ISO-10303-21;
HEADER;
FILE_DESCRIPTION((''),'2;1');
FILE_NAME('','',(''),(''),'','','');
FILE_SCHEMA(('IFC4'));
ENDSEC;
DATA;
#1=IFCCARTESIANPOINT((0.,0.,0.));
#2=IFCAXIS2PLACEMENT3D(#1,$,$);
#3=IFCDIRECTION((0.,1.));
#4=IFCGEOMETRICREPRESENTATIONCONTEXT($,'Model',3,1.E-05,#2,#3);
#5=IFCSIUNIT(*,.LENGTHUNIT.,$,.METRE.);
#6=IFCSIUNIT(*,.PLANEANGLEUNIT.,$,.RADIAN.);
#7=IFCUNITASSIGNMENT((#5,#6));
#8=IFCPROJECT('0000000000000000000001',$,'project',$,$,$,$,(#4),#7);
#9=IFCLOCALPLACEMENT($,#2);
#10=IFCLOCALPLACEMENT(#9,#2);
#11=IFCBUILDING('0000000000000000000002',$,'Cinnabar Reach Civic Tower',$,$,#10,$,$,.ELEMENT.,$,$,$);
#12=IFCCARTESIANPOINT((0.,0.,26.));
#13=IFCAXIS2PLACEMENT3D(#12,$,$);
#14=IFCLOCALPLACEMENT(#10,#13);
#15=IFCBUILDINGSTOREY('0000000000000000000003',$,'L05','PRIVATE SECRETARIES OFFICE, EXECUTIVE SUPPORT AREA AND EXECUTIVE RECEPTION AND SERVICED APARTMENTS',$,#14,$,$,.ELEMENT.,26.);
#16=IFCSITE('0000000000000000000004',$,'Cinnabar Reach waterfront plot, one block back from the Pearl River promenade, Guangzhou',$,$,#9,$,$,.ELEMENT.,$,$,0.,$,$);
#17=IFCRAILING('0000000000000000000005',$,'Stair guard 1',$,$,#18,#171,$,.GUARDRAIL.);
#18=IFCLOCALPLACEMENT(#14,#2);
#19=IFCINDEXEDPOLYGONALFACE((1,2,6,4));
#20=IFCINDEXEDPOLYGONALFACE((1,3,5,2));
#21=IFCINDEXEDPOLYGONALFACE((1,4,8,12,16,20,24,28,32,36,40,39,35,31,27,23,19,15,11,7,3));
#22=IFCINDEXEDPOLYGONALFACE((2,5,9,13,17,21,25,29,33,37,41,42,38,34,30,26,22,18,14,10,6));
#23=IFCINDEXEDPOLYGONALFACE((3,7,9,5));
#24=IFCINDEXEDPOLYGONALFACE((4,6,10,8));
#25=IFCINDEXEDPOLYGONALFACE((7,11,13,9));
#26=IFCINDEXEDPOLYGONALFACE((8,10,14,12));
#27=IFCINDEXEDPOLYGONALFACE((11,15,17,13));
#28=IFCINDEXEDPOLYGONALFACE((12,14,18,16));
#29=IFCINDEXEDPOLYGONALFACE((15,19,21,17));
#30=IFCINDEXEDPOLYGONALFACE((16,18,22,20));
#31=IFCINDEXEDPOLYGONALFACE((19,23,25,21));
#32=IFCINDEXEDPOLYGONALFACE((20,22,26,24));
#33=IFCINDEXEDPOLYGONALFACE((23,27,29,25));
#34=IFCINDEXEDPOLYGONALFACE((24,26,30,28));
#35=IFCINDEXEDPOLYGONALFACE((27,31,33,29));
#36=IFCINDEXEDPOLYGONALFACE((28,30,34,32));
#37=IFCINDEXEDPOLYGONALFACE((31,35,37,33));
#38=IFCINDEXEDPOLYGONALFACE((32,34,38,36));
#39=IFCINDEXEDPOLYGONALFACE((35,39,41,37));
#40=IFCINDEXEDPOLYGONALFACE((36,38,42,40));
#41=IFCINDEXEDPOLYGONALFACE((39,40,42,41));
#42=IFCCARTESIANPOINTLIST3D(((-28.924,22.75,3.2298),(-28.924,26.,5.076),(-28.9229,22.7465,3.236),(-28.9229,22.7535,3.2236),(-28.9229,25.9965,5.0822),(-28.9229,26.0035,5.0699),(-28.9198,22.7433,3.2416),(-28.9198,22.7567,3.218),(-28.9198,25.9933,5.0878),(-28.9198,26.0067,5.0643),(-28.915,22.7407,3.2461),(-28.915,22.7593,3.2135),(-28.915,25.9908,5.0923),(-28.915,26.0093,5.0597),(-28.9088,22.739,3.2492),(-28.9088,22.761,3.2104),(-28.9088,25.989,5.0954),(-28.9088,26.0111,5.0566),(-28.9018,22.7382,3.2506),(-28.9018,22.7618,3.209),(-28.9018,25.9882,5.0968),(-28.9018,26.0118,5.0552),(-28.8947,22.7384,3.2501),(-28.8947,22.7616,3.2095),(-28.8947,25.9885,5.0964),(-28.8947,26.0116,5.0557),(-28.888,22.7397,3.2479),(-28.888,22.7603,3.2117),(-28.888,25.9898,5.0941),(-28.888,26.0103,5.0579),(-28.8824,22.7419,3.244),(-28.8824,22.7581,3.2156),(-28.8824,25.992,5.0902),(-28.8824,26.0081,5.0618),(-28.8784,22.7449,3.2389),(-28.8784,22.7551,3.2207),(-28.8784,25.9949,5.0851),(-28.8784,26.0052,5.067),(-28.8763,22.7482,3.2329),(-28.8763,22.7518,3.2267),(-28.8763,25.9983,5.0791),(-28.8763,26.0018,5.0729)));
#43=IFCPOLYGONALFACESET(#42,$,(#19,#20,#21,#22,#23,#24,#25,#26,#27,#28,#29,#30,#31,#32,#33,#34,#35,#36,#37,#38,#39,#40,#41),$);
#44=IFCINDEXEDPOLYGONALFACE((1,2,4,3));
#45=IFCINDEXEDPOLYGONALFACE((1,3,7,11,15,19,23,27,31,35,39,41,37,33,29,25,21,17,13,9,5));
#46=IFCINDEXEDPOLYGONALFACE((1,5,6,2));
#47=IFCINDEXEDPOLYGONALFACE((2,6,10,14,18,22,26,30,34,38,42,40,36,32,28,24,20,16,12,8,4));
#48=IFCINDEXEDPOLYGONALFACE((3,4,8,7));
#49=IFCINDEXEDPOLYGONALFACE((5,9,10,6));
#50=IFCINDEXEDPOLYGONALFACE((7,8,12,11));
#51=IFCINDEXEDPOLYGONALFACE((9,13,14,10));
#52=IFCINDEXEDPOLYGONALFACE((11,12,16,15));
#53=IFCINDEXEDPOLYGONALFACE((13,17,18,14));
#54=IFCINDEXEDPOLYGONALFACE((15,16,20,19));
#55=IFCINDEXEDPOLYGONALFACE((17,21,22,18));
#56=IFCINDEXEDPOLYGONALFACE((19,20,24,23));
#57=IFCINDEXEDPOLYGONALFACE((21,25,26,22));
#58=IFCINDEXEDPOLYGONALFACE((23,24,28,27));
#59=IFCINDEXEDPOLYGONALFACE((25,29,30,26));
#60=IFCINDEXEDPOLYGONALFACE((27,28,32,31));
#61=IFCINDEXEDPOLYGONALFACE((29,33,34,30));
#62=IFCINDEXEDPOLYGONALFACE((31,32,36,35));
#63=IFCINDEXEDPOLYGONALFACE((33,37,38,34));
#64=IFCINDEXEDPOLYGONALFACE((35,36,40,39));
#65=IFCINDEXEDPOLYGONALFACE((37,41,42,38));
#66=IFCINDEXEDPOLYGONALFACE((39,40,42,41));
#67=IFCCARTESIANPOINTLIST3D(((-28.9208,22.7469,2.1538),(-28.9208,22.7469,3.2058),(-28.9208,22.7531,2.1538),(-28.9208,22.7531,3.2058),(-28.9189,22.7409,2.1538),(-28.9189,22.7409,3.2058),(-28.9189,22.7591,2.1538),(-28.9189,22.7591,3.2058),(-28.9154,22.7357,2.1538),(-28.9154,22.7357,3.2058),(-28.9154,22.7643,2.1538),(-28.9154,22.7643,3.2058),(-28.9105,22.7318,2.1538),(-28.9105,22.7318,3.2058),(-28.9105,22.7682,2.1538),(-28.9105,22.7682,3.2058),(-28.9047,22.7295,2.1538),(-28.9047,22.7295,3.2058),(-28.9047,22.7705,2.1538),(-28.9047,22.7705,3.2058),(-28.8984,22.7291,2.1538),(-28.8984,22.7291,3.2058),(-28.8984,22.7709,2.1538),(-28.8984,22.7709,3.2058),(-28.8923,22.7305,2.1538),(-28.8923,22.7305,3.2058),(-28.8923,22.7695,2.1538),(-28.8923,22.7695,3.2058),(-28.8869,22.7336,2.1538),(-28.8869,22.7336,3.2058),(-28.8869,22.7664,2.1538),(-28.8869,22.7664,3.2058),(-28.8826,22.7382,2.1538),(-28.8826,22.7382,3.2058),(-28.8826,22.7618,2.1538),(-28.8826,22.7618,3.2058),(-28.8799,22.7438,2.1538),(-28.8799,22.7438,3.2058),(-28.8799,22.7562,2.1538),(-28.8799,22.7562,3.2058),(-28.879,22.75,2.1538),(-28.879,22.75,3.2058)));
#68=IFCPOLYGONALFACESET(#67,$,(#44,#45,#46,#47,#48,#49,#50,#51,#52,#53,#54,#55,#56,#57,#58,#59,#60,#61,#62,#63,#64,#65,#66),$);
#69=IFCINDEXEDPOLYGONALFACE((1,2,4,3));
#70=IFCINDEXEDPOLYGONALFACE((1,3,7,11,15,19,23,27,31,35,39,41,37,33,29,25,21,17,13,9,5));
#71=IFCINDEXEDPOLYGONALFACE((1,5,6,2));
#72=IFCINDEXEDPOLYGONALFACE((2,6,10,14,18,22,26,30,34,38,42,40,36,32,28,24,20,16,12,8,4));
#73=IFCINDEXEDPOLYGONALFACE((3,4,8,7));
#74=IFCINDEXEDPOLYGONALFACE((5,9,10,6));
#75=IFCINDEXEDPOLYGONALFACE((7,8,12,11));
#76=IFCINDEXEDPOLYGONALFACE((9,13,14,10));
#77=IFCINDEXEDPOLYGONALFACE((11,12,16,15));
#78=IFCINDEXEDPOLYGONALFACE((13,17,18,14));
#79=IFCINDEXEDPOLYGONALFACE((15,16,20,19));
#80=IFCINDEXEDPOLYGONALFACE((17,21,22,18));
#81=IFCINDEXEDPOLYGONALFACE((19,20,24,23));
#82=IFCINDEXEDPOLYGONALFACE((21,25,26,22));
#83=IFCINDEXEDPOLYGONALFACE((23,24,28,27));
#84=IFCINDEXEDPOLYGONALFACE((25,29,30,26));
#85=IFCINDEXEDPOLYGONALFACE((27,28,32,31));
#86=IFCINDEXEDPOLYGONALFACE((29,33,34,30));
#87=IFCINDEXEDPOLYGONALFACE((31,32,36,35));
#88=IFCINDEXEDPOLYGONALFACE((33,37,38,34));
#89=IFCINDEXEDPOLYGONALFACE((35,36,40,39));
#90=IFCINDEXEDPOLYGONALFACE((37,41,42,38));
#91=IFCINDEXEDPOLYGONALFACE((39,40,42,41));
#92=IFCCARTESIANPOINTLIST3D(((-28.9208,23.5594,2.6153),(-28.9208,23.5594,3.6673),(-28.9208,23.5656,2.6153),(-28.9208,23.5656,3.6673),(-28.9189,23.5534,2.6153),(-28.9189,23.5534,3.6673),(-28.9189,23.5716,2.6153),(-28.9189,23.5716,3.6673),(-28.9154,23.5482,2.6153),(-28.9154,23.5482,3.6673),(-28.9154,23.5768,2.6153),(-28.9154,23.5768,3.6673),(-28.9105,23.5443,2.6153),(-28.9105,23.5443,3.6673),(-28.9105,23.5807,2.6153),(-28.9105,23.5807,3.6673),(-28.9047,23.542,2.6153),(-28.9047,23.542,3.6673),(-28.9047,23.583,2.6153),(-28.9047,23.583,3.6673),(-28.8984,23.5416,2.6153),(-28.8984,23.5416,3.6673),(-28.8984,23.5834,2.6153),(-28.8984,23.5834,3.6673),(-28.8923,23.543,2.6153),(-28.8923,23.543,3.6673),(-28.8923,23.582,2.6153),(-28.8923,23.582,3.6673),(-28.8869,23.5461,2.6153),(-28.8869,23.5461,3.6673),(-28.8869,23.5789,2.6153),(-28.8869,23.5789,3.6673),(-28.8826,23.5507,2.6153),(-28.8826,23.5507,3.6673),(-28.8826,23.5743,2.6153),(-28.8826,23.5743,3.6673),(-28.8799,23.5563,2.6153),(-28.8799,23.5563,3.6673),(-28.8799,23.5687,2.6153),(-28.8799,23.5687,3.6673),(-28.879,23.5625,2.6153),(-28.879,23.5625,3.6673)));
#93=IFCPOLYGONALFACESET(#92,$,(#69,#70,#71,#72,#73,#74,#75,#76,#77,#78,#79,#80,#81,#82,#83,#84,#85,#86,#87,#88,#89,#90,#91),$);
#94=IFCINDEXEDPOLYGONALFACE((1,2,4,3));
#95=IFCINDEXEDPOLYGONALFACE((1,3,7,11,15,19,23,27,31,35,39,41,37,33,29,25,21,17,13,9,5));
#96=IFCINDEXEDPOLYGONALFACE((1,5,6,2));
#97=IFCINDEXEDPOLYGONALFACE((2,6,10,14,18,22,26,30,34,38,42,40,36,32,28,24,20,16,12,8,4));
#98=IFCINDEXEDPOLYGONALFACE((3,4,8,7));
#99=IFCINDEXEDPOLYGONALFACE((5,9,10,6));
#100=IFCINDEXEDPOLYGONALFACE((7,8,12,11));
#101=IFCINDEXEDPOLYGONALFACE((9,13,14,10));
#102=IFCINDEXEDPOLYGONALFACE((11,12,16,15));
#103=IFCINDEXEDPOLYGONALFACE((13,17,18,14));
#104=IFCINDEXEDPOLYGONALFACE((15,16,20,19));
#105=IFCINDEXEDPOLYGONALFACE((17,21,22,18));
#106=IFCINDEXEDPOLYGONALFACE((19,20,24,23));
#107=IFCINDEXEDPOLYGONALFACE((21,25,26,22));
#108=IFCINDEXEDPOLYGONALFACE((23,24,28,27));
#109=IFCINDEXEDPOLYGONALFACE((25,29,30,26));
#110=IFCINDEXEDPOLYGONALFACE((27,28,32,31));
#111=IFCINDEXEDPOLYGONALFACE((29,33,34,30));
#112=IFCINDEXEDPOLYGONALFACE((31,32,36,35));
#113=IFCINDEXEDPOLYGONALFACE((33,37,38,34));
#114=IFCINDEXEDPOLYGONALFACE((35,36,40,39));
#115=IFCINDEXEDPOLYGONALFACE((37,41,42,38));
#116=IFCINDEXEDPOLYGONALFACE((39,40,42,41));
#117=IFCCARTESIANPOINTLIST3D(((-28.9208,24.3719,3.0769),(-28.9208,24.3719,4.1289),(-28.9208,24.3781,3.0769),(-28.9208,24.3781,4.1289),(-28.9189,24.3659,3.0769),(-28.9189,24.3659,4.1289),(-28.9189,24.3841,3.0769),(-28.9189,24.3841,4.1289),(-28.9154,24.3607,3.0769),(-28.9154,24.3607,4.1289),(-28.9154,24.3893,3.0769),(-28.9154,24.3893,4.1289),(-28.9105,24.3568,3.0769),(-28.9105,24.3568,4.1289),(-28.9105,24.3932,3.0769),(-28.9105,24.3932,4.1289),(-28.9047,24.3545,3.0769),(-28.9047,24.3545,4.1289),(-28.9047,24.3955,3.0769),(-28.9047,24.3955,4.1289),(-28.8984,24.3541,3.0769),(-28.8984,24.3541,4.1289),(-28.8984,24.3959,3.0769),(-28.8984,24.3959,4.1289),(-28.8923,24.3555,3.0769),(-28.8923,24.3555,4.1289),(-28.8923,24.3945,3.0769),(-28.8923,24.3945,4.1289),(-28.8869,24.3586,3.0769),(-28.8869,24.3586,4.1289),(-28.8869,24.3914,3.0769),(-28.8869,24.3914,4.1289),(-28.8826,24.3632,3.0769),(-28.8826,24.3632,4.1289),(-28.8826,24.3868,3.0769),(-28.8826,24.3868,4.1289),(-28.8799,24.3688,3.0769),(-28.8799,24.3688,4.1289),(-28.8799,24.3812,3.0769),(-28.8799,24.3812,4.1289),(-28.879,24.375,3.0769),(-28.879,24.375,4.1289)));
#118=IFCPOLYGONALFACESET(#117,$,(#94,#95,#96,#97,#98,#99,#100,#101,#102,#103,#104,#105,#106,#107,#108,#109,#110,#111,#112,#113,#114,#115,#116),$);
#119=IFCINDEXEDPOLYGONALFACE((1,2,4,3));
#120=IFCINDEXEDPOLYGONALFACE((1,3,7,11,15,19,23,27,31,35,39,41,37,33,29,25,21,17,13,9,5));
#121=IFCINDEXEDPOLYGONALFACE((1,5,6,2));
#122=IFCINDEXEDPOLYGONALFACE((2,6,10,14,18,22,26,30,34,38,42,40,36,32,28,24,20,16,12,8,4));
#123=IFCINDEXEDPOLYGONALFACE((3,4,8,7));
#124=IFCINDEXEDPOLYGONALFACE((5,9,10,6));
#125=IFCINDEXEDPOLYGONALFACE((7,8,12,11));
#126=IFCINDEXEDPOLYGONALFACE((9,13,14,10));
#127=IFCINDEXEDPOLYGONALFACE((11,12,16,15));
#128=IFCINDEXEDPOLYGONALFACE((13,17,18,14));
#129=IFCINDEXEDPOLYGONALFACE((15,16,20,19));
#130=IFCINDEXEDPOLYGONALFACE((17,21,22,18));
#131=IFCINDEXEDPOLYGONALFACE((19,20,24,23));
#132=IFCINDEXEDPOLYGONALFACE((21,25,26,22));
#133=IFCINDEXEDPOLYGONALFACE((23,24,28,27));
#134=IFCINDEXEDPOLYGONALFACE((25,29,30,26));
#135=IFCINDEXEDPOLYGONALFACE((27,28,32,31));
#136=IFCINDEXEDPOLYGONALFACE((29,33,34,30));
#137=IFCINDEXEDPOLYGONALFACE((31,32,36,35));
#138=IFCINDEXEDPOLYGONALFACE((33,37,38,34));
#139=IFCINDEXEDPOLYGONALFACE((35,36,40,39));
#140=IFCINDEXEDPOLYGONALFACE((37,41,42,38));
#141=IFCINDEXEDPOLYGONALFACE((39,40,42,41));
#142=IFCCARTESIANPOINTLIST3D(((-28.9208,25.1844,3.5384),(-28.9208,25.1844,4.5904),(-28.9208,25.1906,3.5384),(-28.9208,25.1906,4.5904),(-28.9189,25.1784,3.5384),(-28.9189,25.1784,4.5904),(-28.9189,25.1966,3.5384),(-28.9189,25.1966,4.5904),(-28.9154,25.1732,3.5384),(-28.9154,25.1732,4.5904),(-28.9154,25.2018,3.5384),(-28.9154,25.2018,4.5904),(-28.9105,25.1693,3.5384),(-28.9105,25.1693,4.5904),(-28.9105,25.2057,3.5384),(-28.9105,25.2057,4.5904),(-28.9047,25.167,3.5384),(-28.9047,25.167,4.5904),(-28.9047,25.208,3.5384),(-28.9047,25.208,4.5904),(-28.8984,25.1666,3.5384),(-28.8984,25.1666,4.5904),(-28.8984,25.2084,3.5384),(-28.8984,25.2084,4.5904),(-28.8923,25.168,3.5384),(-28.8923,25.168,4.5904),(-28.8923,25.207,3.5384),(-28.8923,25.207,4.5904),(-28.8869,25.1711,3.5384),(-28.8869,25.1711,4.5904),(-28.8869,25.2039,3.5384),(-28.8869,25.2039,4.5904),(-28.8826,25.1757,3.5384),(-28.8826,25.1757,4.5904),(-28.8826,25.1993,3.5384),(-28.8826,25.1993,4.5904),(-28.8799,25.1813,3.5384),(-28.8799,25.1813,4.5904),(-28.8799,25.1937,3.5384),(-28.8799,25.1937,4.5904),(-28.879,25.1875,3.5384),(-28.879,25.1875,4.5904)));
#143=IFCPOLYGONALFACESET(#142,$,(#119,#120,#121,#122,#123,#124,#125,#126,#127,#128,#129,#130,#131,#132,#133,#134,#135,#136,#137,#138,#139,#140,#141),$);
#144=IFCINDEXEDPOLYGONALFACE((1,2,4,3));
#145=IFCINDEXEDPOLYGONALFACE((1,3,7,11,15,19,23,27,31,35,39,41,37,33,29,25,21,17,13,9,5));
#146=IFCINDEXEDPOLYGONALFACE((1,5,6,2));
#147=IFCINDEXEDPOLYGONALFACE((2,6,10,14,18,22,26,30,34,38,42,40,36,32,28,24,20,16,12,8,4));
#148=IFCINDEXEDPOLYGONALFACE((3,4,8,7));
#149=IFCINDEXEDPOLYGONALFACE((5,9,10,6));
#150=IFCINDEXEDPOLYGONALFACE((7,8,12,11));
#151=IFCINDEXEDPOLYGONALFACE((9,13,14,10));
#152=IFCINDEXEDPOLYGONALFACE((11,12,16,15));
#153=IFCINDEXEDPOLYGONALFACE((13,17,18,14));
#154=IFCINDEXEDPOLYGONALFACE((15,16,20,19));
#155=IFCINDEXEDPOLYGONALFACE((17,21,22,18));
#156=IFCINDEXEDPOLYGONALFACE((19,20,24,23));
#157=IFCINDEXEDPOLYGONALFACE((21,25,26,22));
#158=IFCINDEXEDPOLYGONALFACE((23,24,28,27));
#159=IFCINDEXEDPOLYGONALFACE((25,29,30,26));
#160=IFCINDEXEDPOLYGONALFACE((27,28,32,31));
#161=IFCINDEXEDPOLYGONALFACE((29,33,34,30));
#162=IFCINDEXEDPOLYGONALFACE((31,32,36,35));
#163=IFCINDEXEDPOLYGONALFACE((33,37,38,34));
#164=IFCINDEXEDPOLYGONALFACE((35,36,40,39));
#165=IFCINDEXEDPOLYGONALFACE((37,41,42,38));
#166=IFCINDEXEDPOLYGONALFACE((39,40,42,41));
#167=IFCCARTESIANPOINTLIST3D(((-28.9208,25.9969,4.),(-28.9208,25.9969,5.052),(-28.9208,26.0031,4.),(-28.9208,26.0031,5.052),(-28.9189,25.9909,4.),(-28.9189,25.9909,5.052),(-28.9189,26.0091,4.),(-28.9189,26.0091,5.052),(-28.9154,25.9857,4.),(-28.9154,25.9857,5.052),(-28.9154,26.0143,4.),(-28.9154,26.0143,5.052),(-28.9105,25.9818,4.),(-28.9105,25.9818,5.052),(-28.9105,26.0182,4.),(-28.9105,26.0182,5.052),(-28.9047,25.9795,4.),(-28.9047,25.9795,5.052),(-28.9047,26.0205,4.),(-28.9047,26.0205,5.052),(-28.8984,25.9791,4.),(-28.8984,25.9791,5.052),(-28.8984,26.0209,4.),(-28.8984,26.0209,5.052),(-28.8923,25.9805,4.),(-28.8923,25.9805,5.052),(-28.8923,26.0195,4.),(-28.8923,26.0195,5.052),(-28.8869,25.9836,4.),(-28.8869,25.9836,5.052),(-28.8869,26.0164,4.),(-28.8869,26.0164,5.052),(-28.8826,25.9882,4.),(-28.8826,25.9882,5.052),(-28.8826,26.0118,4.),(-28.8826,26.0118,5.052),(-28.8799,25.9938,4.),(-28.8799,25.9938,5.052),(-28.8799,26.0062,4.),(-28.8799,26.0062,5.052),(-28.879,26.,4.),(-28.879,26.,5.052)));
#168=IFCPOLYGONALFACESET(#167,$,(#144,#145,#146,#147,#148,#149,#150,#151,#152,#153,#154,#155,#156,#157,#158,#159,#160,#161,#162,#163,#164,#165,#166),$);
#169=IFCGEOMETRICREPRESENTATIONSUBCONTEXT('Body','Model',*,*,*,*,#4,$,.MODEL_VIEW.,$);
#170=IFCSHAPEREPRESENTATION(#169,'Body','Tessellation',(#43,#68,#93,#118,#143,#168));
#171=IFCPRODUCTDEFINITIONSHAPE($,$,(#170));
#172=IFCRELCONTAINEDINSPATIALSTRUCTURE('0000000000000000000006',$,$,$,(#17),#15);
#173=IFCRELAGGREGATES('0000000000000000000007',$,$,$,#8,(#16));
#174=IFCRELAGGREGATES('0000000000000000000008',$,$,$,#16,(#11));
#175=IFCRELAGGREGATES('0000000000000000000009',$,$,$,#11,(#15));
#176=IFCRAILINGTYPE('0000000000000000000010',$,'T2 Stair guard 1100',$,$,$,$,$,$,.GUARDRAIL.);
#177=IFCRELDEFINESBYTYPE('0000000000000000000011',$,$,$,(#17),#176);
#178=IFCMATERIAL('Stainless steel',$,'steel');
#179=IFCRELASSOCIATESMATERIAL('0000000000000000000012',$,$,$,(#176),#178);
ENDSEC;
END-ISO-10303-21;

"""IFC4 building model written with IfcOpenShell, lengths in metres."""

from ifc_helpers import new_model, si_unit, direction, frame, origin, origin_2d, place, context, subcontext, project, spatial, circle, extrude, material, type_object, element, save


model = new_model("IFC4")

# Units and contexts
model_context = context("Model", 3, precision=1e-05, world=origin(), true_north=direction((0.0, 1.0)))
body_context = subcontext(model_context, "Body", "Model", "MODEL_VIEW")
ifc_project = project(units=[si_unit("LENGTHUNIT", "METRE"), si_unit("PLANEANGLEUNIT", "RADIAN")], contexts=[model_context])

# Site, building, storey
site_placement = place(None, origin())
site = spatial("IfcSite", under=ifc_project, at=site_placement, Name="Cinnabar Reach waterfront plot, one block back from the Pearl River promenade, Guangzhou", CompositionType="ELEMENT", RefElevation=0.0)
building_placement = place(site_placement, origin())
building = spatial("IfcBuilding", under=site, at=building_placement, Name="Cinnabar Reach Civic Tower", CompositionType="ELEMENT")
storey_placement = place(building_placement, frame((0.0, 0.0, 26.0)))
storey = spatial("IfcBuildingStorey", under=building, at=storey_placement, Name="L05", Description="PRIVATE SECRETARIES OFFICE, EXECUTIVE SUPPORT AREA AND EXECUTIVE RECEPTION AND SERVICED APARTMENTS", CompositionType="ELEMENT", Elevation=26.0)

# Railing
ifc_material_1 = material(Name="Stainless steel", Category="steel")
railing_type = type_object("IfcRailingType", Name="T2 Stair guard 1100", PredefinedType="GUARDRAIL", material=ifc_material_1)
railing_placement = place(storey_placement, frame((-28.9, 22.75, 2.1538)))
element("IfcRailing", 1, at=railing_placement, inside=storey, type_object=railing_type, Name="Stair guard 1", PredefinedType="GUARDRAIL", context=body_context, shape_type="SweptSolid", body=[
    extrude(circle(Radius=0.024, at=origin_2d()), frame((0.0, 0.0, 1.076), z_axis=(0.0, 0.869501, 0.49393), x_axis=(-1.0, 0.0, 0.0)), (0.0, 0.0, 1.0), 3.7378),
    extrude(circle(Radius=0.021, at=origin_2d()), origin(), (0.0, 0.0, 1.0), 1.052),
    extrude(circle(Radius=0.021, at=origin_2d()), frame((0.0, 0.8125, 0.4615)), (0.0, 0.0, 1.0), 1.052),
    extrude(circle(Radius=0.021, at=origin_2d()), frame((0.0, 1.625, 0.9231)), (0.0, 0.0, 1.0), 1.052),
    extrude(circle(Radius=0.021, at=origin_2d()), frame((0.0, 2.4375, 1.3846)), (0.0, 0.0, 1.0), 1.052),
    extrude(circle(Radius=0.021, at=origin_2d()), frame((0.0, 3.25, 1.8462)), (0.0, 0.0, 1.0), 1.052),
])

save(model, "model.ifc")
